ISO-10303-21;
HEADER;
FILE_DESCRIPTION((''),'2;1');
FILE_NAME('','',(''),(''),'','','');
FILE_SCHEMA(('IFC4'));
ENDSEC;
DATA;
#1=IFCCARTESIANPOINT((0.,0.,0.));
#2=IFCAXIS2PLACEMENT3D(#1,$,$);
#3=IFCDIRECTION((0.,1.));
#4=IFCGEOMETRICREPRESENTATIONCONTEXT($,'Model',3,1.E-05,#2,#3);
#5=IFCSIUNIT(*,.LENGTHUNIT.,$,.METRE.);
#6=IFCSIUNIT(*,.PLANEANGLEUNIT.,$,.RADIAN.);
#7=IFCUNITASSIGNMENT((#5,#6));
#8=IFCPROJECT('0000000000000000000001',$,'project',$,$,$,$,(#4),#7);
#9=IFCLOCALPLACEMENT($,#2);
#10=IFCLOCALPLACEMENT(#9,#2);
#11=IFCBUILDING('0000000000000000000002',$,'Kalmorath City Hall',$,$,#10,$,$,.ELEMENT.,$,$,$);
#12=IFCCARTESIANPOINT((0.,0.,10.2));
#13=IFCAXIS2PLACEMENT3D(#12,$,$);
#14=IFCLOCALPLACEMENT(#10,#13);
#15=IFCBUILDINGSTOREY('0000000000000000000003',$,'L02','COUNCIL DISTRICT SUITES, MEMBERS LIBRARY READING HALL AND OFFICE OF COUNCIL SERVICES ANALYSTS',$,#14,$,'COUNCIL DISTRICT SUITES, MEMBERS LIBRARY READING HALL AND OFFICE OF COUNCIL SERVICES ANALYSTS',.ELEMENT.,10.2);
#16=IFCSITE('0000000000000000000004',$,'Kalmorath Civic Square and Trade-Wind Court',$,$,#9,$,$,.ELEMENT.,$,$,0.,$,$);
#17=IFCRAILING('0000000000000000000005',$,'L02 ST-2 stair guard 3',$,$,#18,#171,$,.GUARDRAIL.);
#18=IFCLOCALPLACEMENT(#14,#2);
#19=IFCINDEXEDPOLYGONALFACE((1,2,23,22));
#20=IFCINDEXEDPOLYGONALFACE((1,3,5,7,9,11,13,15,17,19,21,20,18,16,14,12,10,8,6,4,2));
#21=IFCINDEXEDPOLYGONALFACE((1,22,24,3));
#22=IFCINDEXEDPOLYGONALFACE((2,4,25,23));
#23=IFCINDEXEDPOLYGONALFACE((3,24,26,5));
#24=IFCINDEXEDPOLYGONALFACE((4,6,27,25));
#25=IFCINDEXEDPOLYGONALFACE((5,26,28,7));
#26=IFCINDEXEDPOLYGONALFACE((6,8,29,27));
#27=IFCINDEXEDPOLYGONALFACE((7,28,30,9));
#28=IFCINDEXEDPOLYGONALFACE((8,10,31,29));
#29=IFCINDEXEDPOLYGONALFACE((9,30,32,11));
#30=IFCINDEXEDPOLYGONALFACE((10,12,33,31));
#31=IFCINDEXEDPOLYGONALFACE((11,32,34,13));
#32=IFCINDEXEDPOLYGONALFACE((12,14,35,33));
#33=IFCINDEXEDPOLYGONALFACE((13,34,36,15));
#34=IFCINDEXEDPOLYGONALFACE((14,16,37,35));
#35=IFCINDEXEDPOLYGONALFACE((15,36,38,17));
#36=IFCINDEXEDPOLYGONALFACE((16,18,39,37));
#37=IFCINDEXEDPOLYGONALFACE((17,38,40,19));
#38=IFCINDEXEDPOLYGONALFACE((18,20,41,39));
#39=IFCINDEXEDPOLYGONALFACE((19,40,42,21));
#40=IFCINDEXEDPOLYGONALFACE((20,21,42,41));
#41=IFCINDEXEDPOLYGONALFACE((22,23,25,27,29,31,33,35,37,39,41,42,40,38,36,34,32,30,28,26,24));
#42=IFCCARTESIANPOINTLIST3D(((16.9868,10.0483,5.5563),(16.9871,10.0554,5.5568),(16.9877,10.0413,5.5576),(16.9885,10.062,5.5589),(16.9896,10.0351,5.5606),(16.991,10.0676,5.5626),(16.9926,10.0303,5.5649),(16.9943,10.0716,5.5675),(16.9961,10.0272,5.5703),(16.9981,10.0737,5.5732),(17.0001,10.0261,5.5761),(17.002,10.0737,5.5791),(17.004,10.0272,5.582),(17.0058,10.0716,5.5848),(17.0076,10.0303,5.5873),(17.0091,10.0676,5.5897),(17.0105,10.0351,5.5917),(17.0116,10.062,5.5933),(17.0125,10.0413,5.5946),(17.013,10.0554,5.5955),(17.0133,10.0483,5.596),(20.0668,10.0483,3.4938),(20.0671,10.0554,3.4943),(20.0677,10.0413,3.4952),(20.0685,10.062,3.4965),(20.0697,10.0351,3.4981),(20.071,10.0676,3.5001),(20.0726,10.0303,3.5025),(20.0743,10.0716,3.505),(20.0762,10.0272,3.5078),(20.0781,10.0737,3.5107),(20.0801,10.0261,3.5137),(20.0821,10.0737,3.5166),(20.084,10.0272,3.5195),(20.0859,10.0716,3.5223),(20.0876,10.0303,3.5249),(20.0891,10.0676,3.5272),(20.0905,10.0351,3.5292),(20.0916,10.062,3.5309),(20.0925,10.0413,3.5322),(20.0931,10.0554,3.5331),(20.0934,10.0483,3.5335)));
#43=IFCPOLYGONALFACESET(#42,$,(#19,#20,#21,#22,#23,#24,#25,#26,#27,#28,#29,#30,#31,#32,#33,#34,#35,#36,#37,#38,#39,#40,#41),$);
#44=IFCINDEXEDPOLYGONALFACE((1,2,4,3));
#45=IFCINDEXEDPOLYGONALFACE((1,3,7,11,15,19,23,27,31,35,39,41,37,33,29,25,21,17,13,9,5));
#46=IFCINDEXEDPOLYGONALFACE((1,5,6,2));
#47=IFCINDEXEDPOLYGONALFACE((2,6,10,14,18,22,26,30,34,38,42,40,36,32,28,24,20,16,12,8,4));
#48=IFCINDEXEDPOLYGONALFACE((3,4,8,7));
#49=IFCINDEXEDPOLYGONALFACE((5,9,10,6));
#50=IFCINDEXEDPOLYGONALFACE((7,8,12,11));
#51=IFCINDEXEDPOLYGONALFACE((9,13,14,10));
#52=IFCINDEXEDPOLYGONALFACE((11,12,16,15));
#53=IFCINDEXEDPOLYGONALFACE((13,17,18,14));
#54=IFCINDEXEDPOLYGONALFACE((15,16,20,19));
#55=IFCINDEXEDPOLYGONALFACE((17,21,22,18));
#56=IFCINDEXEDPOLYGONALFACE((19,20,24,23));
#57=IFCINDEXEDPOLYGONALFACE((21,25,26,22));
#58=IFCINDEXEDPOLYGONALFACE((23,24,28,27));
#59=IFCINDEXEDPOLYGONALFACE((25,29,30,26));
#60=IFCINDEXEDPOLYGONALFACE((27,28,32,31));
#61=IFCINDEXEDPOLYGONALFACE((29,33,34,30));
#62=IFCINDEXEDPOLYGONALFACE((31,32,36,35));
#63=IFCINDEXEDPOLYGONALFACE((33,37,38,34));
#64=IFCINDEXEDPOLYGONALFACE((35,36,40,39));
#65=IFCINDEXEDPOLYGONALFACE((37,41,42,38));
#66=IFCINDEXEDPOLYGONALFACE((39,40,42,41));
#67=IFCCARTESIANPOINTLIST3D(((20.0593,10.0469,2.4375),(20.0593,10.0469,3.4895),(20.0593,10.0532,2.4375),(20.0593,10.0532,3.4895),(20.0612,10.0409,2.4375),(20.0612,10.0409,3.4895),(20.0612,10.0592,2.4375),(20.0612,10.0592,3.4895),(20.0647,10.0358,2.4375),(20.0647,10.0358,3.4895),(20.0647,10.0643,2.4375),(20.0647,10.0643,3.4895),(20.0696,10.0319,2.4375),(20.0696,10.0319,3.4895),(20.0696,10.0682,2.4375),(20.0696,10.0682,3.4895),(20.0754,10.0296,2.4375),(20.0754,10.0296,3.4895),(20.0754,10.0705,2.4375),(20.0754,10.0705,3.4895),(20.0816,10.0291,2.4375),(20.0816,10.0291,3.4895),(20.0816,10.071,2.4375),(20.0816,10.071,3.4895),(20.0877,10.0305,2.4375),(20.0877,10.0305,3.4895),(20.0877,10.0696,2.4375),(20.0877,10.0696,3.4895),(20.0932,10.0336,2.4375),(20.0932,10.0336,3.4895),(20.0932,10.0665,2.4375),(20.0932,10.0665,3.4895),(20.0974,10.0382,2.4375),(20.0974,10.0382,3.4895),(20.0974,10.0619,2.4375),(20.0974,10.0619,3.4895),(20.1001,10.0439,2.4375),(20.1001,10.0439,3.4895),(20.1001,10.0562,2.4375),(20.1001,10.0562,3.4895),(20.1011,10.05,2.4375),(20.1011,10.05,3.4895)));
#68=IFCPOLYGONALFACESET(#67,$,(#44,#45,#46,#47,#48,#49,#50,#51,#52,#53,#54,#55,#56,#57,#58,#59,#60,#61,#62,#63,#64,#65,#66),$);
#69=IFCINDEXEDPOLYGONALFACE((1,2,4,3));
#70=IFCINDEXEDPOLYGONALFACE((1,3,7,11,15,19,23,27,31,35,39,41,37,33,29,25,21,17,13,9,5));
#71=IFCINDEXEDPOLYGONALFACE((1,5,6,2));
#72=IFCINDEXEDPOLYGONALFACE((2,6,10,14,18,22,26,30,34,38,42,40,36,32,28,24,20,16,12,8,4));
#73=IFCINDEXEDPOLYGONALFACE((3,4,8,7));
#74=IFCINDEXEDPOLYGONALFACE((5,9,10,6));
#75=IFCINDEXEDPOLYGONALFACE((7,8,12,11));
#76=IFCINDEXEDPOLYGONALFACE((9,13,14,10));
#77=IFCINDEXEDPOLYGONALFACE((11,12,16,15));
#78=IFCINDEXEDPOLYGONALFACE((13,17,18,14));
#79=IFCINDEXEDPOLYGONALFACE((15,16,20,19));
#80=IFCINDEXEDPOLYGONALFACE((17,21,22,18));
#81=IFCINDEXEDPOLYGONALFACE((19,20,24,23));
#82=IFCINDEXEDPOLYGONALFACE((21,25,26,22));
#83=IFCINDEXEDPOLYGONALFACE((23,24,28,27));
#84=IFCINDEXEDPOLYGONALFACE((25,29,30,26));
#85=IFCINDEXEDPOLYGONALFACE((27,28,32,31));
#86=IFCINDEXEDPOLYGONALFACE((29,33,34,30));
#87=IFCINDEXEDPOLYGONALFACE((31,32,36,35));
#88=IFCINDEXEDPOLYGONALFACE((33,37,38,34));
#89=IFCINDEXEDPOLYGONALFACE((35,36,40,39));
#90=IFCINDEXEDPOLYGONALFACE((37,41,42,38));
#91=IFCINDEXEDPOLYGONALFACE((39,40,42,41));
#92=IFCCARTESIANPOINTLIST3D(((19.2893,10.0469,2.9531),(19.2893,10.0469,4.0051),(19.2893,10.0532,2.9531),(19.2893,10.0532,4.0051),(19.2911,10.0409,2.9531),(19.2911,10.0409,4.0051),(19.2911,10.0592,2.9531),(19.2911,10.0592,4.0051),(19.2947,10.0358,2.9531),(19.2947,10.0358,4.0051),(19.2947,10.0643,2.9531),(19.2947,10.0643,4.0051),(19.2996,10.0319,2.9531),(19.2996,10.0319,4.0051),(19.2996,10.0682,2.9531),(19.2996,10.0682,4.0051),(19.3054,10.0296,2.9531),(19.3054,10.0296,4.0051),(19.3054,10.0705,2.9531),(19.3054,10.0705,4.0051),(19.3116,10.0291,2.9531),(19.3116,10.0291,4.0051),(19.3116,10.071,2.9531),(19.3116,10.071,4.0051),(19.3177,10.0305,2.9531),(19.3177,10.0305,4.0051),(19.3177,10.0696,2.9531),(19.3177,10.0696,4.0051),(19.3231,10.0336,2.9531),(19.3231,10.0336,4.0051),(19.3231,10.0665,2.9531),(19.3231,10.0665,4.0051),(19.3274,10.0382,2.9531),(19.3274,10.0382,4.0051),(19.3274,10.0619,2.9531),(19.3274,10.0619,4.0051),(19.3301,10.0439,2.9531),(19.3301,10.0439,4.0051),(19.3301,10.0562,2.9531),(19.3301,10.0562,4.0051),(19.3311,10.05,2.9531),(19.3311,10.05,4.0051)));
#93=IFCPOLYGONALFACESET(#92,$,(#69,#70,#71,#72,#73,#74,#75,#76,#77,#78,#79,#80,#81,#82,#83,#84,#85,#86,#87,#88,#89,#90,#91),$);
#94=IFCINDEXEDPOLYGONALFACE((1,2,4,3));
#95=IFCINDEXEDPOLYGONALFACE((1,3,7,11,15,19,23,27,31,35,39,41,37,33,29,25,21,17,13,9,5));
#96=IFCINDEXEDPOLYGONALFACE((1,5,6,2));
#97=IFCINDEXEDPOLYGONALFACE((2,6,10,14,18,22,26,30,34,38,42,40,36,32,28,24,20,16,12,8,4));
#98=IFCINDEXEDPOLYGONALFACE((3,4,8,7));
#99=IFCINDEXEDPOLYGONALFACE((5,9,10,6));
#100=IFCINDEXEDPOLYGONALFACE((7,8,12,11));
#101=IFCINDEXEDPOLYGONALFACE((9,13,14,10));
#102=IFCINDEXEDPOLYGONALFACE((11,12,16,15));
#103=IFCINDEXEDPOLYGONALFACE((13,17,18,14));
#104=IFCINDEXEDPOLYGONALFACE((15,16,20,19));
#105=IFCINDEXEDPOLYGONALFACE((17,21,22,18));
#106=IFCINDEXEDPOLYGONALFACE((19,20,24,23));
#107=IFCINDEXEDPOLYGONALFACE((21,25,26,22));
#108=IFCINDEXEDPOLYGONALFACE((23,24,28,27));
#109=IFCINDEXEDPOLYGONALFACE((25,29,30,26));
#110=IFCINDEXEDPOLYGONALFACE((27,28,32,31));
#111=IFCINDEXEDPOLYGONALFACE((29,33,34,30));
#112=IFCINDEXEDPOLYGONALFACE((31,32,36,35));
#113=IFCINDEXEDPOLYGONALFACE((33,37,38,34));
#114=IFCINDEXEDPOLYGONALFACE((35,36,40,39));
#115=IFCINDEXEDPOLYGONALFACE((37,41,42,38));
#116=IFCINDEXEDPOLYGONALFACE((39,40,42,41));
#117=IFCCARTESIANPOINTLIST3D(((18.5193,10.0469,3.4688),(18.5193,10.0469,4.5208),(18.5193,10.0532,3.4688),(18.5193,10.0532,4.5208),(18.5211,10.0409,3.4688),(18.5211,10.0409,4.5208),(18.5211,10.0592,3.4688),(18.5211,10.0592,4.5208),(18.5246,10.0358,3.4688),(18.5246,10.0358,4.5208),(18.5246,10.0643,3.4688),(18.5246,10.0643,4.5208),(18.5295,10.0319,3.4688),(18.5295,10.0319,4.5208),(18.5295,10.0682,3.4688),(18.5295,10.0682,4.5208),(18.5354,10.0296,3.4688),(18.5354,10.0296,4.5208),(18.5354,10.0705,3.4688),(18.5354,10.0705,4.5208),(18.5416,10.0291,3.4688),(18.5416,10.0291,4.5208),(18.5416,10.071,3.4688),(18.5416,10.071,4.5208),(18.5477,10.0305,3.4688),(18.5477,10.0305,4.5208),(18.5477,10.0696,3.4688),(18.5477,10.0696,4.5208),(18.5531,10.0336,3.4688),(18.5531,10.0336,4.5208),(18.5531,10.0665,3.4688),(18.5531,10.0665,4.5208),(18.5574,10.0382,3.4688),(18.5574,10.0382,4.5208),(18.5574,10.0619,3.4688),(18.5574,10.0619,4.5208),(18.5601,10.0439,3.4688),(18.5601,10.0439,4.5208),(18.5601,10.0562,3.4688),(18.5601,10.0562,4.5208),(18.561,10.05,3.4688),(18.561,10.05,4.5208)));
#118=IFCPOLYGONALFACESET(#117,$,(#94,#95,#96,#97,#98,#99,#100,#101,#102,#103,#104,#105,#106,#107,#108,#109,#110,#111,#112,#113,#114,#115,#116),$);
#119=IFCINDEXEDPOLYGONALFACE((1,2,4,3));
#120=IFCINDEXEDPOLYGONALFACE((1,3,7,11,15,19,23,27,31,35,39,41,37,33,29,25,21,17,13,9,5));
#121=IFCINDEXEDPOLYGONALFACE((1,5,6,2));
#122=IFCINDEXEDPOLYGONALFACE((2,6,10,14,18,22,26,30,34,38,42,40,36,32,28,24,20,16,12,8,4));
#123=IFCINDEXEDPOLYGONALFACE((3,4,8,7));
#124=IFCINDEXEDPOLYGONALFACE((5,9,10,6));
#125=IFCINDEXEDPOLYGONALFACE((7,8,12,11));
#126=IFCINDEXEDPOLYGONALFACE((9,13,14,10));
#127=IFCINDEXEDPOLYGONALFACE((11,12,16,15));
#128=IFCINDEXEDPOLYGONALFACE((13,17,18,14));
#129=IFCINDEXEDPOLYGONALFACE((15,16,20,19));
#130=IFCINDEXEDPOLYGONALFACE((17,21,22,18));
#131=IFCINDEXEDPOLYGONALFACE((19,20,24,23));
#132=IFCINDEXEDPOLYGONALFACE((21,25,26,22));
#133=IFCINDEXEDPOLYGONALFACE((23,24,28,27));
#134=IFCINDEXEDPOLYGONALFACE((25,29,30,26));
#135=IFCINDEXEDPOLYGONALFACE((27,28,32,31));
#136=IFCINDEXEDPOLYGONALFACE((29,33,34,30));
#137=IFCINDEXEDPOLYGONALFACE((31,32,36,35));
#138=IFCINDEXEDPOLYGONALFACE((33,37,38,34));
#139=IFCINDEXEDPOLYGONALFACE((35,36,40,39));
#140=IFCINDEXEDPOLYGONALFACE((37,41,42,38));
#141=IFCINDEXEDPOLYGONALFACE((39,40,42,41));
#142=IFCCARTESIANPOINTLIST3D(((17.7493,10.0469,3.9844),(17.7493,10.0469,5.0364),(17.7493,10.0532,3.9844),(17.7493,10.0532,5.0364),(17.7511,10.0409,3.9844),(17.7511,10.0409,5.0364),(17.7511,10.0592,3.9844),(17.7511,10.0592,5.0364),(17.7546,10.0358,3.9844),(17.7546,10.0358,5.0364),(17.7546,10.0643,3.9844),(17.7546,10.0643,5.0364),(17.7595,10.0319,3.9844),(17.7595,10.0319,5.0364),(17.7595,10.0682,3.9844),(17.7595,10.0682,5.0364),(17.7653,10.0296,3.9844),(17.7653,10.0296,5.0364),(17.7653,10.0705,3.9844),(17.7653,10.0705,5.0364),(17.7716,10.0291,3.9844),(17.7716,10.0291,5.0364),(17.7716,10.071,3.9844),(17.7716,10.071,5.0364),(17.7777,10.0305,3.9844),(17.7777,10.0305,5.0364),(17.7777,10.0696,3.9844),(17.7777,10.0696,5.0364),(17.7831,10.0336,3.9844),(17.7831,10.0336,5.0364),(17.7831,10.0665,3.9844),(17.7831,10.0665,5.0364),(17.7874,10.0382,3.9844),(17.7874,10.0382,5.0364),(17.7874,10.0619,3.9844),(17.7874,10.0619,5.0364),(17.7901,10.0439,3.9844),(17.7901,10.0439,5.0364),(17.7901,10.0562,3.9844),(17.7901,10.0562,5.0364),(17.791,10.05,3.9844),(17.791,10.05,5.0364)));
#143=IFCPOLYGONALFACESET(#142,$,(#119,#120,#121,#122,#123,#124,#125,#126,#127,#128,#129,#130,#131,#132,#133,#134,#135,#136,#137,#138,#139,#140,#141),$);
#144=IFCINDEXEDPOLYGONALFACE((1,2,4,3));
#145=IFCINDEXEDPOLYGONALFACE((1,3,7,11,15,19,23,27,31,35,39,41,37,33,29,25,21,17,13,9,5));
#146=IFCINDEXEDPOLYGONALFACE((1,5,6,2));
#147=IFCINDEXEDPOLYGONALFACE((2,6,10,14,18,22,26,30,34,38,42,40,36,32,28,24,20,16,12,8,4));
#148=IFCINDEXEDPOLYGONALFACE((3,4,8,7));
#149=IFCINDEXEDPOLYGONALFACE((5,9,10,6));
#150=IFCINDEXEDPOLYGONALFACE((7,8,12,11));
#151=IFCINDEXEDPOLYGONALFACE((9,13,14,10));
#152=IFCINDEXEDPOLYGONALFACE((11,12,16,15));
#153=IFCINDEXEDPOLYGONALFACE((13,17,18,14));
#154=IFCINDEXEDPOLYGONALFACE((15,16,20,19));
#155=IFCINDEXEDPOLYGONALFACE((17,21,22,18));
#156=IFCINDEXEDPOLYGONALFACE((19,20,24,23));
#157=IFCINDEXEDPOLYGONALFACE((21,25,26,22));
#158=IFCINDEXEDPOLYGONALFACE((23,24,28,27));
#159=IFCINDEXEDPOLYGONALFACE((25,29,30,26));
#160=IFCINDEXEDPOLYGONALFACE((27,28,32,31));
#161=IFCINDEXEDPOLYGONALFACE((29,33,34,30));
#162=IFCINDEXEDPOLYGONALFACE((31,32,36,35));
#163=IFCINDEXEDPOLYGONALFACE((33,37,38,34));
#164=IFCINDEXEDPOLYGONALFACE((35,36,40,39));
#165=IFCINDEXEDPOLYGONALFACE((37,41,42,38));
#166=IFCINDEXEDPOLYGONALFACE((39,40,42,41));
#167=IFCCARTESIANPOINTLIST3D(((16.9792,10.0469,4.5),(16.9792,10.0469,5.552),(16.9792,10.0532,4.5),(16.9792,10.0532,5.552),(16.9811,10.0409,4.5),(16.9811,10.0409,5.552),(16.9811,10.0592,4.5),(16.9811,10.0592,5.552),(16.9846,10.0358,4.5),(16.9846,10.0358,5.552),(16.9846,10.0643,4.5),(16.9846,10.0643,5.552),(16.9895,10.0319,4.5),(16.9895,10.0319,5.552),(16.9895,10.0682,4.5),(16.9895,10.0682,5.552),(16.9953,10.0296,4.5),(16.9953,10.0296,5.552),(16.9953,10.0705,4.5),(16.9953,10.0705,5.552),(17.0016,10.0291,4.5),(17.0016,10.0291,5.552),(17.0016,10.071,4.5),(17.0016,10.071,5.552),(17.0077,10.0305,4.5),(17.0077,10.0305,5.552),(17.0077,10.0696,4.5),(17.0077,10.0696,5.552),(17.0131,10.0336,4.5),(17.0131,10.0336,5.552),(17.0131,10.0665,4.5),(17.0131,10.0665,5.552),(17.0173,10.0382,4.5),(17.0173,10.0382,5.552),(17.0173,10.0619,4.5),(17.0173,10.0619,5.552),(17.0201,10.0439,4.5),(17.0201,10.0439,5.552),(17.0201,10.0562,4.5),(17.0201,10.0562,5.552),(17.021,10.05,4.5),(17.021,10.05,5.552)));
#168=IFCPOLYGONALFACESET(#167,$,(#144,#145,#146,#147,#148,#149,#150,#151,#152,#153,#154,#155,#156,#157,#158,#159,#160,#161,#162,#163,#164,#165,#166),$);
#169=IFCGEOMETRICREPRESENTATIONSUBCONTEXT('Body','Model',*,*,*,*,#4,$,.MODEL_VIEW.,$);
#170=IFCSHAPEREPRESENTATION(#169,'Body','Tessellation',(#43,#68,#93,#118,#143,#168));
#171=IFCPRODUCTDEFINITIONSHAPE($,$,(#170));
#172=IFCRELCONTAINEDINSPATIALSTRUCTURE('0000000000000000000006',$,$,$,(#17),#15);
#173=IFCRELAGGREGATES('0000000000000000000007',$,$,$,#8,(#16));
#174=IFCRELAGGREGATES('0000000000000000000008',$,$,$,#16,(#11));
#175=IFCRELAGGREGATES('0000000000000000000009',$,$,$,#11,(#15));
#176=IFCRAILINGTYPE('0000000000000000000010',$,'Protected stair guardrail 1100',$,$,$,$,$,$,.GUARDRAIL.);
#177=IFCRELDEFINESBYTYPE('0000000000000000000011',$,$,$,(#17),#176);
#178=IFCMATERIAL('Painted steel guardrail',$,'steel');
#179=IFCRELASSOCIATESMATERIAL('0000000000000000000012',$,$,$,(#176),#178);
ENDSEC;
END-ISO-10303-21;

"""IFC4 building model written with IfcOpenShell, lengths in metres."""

from ifc_helpers import new_model, si_unit, direction, frame, origin, origin_2d, place, context, subcontext, project, spatial, circle, extrude, material, type_object, element, save


model = new_model("IFC4")

# Units and contexts
model_context = context("Model", 3, precision=1e-05, world=origin(), true_north=direction((0.0, 1.0)))
body_context = subcontext(model_context, "Body", "Model", "MODEL_VIEW")
ifc_project = project(units=[si_unit("LENGTHUNIT", "METRE"), si_unit("PLANEANGLEUNIT", "RADIAN")], contexts=[model_context])

# Site, building, storey
site_placement = place(None, origin())
site = spatial("IfcSite", under=ifc_project, at=site_placement, Name="Kalmorath Civic Square and Trade-Wind Court", CompositionType="ELEMENT", RefElevation=0.0)
building_placement = place(site_placement, origin())
building = spatial("IfcBuilding", under=site, at=building_placement, Name="Kalmorath City Hall", CompositionType="ELEMENT")
storey_placement = place(building_placement, frame((0.0, 0.0, 10.2)))
storey = spatial("IfcBuildingStorey", under=building, at=storey_placement, Name="L02", Description="COUNCIL DISTRICT SUITES, MEMBERS LIBRARY READING HALL AND OFFICE OF COUNCIL SERVICES ANALYSTS", LongName="COUNCIL DISTRICT SUITES, MEMBERS LIBRARY READING HALL AND OFFICE OF COUNCIL SERVICES ANALYSTS", CompositionType="ELEMENT", Elevation=10.2)

# Railing
ifc_material_1 = material(Name="Painted steel guardrail", Category="steel")
railing_type_1 = type_object("IfcRailingType", Name="Protected stair guardrail 1100", PredefinedType="GUARDRAIL", material=ifc_material_1)
railing_1_placement = place(storey_placement, frame((20.0801, 10.05, 2.4375)))
element("IfcRailing", 1, at=railing_1_placement, inside=storey, type_object=railing_type_1, Name="L02 ST-2 stair guard 3", PredefinedType="GUARDRAIL", context=body_context, shape_type="SweptSolid", body=[
    extrude(circle(Radius=0.0239, at=origin_2d()), frame((0.0, 0.0, 1.0762), z_axis=(-0.830914, 0.0, 0.556401), x_axis=(0.0, -1.0, 0.0)), (0.0, 0.0, 1.0), 3.7068),
    extrude(circle(Radius=0.021, at=origin_2d()), origin(), (0.0, 0.0, 1.0), 1.052),
    extrude(circle(Radius=0.021, at=origin_2d()), frame((-0.77, 0.0, 0.5156)), (0.0, 0.0, 1.0), 1.052),
    extrude(circle(Radius=0.021, at=origin_2d()), frame((-1.54, 0.0, 1.0312)), (0.0, 0.0, 1.0), 1.052),
    extrude(circle(Radius=0.021, at=origin_2d()), frame((-2.3101, 0.0, 1.5469)), (0.0, 0.0, 1.0), 1.052),
    extrude(circle(Radius=0.021, at=origin_2d()), frame((-3.0801, 0.0, 2.0625)), (0.0, 0.0, 1.0), 1.052),
])

save(model, "model.ifc")
